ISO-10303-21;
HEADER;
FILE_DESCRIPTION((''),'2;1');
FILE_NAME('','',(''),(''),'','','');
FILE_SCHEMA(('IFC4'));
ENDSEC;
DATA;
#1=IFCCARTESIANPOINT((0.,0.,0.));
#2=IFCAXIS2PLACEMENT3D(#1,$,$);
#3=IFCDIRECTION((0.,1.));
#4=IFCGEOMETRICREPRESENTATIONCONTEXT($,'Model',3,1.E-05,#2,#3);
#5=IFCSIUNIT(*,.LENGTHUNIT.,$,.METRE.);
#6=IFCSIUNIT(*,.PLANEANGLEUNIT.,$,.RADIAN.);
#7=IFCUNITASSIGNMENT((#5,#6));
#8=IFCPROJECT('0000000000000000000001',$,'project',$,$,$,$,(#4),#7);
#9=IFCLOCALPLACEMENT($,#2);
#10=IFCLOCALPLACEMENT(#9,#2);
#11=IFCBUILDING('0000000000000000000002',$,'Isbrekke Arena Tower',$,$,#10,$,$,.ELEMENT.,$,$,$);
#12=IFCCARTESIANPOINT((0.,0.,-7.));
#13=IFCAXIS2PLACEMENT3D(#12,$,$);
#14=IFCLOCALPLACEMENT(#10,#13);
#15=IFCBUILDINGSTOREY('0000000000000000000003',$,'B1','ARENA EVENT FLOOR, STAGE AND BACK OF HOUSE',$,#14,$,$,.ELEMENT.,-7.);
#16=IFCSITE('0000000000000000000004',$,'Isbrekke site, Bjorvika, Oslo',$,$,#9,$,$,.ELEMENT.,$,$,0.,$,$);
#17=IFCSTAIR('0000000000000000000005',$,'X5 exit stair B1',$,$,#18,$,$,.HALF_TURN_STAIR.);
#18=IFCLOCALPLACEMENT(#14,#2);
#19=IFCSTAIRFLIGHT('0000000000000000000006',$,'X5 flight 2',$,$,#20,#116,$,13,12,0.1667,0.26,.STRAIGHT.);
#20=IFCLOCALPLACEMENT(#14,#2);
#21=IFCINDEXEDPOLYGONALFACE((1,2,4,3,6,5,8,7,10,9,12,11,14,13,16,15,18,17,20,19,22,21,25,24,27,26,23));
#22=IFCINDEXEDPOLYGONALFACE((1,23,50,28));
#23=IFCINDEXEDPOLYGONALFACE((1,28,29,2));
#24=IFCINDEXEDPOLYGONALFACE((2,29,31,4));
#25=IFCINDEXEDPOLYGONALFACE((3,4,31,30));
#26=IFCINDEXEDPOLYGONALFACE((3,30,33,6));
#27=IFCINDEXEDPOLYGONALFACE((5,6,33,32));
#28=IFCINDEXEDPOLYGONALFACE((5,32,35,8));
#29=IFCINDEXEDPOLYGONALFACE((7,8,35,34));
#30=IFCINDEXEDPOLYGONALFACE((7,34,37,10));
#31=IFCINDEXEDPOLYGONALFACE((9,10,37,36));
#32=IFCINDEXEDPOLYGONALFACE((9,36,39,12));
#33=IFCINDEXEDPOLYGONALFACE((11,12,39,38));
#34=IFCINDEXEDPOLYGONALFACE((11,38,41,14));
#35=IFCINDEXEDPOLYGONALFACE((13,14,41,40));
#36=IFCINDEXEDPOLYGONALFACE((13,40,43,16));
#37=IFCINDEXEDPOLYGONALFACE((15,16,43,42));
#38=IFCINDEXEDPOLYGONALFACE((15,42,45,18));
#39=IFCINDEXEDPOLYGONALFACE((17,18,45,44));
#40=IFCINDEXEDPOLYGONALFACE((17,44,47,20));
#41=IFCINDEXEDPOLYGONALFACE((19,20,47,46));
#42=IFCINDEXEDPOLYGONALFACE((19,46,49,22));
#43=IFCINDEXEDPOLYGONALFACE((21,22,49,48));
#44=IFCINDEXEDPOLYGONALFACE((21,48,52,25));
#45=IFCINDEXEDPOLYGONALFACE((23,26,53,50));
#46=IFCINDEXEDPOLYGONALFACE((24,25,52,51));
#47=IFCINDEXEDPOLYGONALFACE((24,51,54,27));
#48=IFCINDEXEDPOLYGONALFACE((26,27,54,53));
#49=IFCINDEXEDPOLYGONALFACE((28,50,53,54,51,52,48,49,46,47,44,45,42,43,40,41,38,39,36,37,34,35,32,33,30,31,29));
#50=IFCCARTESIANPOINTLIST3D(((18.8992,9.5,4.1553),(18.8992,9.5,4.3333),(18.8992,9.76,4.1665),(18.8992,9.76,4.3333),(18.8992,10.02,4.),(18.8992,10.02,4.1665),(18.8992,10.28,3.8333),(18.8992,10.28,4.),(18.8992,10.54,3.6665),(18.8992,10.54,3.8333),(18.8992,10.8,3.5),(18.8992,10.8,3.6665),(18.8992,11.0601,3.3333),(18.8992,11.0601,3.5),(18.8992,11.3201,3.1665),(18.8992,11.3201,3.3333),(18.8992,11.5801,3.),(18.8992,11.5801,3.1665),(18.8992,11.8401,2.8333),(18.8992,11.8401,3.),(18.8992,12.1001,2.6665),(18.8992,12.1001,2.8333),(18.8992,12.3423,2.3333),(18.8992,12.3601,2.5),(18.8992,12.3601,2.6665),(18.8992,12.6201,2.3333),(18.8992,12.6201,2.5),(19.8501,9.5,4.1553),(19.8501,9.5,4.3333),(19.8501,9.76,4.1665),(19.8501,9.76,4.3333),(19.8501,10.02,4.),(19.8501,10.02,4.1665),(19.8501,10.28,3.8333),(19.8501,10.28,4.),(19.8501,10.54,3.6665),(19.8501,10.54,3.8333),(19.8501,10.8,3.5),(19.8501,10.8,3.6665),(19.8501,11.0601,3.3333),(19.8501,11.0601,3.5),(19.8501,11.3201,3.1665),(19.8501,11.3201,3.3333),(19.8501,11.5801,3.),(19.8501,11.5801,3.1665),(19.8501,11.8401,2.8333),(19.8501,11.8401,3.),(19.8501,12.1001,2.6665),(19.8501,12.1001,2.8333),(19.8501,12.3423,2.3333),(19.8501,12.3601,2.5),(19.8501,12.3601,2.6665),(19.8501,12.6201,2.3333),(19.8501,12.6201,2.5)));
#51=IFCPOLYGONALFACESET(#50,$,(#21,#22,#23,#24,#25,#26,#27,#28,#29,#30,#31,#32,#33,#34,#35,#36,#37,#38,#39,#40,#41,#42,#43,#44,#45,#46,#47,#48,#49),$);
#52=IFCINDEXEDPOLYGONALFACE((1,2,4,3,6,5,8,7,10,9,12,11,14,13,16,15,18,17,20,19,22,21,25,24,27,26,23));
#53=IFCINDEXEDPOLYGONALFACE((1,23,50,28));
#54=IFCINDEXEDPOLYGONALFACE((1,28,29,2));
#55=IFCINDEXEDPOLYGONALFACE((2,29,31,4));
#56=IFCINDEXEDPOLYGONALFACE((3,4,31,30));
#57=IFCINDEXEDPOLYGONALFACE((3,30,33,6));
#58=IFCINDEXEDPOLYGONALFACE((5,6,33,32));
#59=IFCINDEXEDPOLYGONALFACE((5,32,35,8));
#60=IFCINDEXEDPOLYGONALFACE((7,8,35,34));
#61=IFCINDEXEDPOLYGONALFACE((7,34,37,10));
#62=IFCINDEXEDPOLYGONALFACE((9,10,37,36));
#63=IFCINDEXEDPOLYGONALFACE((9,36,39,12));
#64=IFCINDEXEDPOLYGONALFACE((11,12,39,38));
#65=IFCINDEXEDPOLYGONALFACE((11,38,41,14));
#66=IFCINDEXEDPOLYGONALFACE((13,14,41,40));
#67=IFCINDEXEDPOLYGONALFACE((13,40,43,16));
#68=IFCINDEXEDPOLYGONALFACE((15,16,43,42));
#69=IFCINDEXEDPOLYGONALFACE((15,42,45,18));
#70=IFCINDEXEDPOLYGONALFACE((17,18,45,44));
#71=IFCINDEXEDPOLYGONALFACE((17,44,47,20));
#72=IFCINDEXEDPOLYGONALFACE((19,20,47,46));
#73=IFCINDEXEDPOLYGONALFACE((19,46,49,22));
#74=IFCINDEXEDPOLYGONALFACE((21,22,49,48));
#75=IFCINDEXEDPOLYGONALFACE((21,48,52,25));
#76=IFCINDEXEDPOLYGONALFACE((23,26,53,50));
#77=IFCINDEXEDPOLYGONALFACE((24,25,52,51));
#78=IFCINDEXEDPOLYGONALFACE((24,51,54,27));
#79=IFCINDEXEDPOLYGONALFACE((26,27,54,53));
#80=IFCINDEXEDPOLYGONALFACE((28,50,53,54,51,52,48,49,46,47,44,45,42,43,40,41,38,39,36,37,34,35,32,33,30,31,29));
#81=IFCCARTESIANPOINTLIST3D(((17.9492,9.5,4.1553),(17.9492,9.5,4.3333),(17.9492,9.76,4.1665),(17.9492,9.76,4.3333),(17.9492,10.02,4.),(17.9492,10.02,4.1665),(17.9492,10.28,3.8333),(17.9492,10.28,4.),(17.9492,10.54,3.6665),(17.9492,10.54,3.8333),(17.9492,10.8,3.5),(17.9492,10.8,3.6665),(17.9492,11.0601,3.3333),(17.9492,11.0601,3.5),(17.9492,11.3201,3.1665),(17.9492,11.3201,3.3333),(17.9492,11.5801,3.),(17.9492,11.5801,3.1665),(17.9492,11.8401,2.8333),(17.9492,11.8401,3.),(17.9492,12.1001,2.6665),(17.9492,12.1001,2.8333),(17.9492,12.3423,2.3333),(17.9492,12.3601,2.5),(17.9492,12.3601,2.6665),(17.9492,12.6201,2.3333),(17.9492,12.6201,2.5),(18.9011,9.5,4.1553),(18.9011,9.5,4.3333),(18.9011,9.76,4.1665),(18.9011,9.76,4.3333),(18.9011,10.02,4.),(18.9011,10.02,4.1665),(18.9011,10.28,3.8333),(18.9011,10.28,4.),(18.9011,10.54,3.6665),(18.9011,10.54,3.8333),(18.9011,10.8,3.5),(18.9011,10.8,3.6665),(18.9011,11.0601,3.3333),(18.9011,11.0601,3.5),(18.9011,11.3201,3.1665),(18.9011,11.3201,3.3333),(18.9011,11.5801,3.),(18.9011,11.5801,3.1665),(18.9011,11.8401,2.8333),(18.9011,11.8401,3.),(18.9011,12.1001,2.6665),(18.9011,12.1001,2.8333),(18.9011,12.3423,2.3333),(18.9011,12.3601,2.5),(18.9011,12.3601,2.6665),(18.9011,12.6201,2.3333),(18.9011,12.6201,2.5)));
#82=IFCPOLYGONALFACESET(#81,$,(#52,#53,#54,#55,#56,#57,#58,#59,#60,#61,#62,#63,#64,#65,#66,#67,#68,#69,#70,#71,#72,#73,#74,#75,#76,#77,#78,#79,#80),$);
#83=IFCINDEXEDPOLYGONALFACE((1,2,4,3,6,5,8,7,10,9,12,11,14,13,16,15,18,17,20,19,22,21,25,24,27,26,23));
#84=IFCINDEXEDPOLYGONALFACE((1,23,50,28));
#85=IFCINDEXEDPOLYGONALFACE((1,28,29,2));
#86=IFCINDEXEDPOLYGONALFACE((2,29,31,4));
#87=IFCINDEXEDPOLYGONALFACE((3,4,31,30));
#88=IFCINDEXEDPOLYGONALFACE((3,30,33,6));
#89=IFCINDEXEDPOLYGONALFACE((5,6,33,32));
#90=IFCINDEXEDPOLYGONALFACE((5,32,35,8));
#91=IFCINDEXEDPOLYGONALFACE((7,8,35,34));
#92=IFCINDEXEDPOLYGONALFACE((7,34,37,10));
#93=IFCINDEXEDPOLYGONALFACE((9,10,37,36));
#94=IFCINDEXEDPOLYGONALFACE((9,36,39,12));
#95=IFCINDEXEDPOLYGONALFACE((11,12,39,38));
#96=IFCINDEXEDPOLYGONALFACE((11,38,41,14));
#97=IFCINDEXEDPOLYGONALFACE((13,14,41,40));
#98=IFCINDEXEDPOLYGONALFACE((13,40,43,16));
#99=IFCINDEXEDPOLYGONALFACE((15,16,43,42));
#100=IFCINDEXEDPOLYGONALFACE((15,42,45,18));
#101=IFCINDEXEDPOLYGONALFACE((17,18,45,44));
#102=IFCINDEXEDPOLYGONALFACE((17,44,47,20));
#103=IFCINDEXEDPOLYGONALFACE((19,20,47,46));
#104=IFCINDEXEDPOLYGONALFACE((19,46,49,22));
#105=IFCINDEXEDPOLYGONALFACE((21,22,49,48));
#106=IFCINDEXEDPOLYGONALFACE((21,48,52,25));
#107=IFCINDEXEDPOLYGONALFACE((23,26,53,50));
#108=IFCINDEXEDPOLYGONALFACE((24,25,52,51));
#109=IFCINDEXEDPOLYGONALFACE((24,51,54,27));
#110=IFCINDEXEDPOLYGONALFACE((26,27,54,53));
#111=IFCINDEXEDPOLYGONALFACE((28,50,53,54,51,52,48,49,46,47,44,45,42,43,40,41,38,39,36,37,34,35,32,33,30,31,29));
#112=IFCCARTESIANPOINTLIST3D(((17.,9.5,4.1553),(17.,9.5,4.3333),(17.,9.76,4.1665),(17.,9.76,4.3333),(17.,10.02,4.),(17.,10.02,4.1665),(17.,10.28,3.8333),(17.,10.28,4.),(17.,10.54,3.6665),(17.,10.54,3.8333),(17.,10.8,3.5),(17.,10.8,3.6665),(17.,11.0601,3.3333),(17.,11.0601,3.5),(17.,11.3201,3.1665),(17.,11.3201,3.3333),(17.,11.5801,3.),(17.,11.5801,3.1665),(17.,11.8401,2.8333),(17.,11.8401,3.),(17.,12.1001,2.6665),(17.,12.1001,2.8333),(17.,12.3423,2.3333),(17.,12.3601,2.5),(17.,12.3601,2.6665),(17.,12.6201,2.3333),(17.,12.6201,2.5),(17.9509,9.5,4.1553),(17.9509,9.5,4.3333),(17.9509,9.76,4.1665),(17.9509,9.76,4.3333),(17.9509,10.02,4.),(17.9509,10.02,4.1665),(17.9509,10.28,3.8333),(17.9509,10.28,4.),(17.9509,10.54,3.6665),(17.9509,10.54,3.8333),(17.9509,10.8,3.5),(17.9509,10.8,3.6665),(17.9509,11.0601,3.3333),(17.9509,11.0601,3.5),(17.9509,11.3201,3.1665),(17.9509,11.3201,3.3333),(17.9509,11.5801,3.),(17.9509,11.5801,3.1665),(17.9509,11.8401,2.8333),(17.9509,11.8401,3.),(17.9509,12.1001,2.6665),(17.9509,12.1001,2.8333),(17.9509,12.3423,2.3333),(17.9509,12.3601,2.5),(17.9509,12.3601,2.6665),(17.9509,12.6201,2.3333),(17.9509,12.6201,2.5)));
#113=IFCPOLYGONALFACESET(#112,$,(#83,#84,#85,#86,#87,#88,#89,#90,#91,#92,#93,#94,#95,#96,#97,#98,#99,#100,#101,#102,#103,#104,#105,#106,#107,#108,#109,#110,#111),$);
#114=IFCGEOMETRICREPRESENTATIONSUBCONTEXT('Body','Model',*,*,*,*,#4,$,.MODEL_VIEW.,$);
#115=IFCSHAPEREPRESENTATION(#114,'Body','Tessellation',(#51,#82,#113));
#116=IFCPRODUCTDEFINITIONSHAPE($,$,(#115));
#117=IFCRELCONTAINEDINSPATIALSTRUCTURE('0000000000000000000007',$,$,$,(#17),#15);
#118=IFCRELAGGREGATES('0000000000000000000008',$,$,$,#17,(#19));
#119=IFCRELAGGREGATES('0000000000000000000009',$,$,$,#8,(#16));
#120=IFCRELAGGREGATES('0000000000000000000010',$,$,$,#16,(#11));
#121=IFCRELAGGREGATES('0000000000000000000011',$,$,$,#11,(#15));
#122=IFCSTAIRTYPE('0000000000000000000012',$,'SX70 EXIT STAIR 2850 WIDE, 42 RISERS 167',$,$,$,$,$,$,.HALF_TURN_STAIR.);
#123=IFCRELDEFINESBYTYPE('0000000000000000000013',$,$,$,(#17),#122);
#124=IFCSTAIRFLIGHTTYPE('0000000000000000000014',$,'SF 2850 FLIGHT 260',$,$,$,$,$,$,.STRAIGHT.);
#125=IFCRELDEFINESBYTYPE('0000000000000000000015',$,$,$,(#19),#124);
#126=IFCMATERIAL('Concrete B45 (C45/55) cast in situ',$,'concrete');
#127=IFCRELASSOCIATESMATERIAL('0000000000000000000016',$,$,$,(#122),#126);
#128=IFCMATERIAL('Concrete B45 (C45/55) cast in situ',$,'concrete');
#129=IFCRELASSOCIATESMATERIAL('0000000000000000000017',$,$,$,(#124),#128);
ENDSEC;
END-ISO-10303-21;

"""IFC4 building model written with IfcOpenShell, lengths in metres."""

from ifc_helpers import new_model, si_unit, direction, frame, origin, place, context, subcontext, project, spatial, polyline, outline, extrude, material, type_object, element, aggregate, save


model = new_model("IFC4")

# Units and contexts
model_context = context("Model", 3, precision=1e-05, world=origin(), true_north=direction((0.0, 1.0)))
body_context = subcontext(model_context, "Body", "Model", "MODEL_VIEW")
ifc_project = project(units=[si_unit("LENGTHUNIT", "METRE"), si_unit("PLANEANGLEUNIT", "RADIAN")], contexts=[model_context])

# Site, building, storey
site_placement = place(None, origin())
site = spatial("IfcSite", under=ifc_project, at=site_placement, Name="Isbrekke site, Bjorvika, Oslo", CompositionType="ELEMENT", RefElevation=0.0)
building_placement = place(site_placement, origin())
building = spatial("IfcBuilding", under=site, at=building_placement, Name="Isbrekke Arena Tower", CompositionType="ELEMENT")
storey_placement = place(building_placement, frame((0.0, 0.0, -7.0)))
storey = spatial("IfcBuildingStorey", under=building, at=storey_placement, Name="B1", Description="ARENA EVENT FLOOR, STAGE AND BACK OF HOUSE", CompositionType="ELEMENT", Elevation=-7.0)

# Stair, stair flight
ifc_material_1 = material(Name="Concrete B45 (C45/55) cast in situ", Category="concrete")
stair_type = type_object("IfcStairType", Name="SX70 EXIT STAIR 2850 WIDE, 42 RISERS 167", PredefinedType="HALF_TURN_STAIR", material=ifc_material_1)
stair_placement = place(storey_placement, origin())
stair = element("IfcStair", 1, at=stair_placement, inside=storey, type_object=stair_type, Name="X5 exit stair B1", PredefinedType="HALF_TURN_STAIR")
ifc_material_2 = material(Name="Concrete B45 (C45/55) cast in situ", Category="concrete")
stair_flight_type = type_object("IfcStairFlightType", Name="SF 2850 FLIGHT 260", PredefinedType="STRAIGHT", material=ifc_material_2)
stair_flight_1_placement = place(storey_placement, frame((18.425, 12.6201, 2.3333), z_axis=(0.0, 0.0, 1.0), x_axis=(0.0, -1.0, 0.0)))
stair_flight_1 = element("IfcStairFlight", 2, at=stair_flight_1_placement, type_object=stair_flight_type, Name="X5 flight 2", NumberOfRisers=13, NumberOfTreads=12, PredefinedType="STRAIGHT", RiserHeight=0.1667, TreadLength=0.26, context=body_context, shape_type="SweptSolid", body=[
    extrude(outline(polyline([(0.0, 0.0), (0.0, 0.1667), (0.26, 0.1667), (0.26, 0.3333), (0.52, 0.3333), (0.52, 0.5), (0.78, 0.5), (0.78, 0.6667), (1.04, 0.6667), (1.04, 0.8333), (1.3, 0.8333), (1.3, 1.0), (1.5601, 1.0), (1.5601, 1.1667), (1.8201, 1.1667), (1.8201, 1.3333), (2.0801, 1.3333), (2.0801, 1.5), (2.3401, 1.5), (2.3401, 1.6667), (2.6001, 1.6667), (2.6001, 1.8333), (2.8601, 1.8333), (2.8601, 2.0), (3.1201, 2.0), (3.1201, 2.1667), (3.1201, 1.822), (0.2778, 0.0), (0.0, 0.0)])), frame((0.0, 1.425, 0.0), z_axis=(0.0, -1.0, 0.0), x_axis=(1.0, 0.0, 0.0)), (0.0, 0.0, 1.0), 0.9509),
    extrude(outline(polyline([(0.0, 0.0), (0.0, 0.1667), (0.26, 0.1667), (0.26, 0.3333), (0.52, 0.3333), (0.52, 0.5), (0.78, 0.5), (0.78, 0.6667), (1.04, 0.6667), (1.04, 0.8333), (1.3, 0.8333), (1.3, 1.0), (1.5601, 1.0), (1.5601, 1.1667), (1.8201, 1.1667), (1.8201, 1.3333), (2.0801, 1.3333), (2.0801, 1.5), (2.3401, 1.5), (2.3401, 1.6667), (2.6001, 1.6667), (2.6001, 1.8333), (2.8601, 1.8333), (2.8601, 2.0), (3.1201, 2.0), (3.1201, 2.1667), (3.1201, 1.822), (0.2778, 0.0), (0.0, 0.0)])), frame((0.0, 0.4761, 0.0), z_axis=(0.0, -1.0, 0.0), x_axis=(1.0, 0.0, 0.0)), (0.0, 0.0, 1.0), 0.9519),
    extrude(outline(polyline([(0.0, 0.0), (0.0, 0.1667), (0.26, 0.1667), (0.26, 0.3333), (0.52, 0.3333), (0.52, 0.5), (0.78, 0.5), (0.78, 0.6667), (1.04, 0.6667), (1.04, 0.8333), (1.3, 0.8333), (1.3, 1.0), (1.5601, 1.0), (1.5601, 1.1667), (1.8201, 1.1667), (1.8201, 1.3333), (2.0801, 1.3333), (2.0801, 1.5), (2.3401, 1.5), (2.3401, 1.6667), (2.6001, 1.6667), (2.6001, 1.8333), (2.8601, 1.8333), (2.8601, 2.0), (3.1201, 2.0), (3.1201, 2.1667), (3.1201, 1.822), (0.2778, 0.0), (0.0, 0.0)])), frame((0.0, -0.4741, 0.0), z_axis=(0.0, -1.0, 0.0), x_axis=(1.0, 0.0, 0.0)), (0.0, 0.0, 1.0), 0.9509),
])
aggregate(stair, [stair_flight_1])

save(model, "model.ifc")
